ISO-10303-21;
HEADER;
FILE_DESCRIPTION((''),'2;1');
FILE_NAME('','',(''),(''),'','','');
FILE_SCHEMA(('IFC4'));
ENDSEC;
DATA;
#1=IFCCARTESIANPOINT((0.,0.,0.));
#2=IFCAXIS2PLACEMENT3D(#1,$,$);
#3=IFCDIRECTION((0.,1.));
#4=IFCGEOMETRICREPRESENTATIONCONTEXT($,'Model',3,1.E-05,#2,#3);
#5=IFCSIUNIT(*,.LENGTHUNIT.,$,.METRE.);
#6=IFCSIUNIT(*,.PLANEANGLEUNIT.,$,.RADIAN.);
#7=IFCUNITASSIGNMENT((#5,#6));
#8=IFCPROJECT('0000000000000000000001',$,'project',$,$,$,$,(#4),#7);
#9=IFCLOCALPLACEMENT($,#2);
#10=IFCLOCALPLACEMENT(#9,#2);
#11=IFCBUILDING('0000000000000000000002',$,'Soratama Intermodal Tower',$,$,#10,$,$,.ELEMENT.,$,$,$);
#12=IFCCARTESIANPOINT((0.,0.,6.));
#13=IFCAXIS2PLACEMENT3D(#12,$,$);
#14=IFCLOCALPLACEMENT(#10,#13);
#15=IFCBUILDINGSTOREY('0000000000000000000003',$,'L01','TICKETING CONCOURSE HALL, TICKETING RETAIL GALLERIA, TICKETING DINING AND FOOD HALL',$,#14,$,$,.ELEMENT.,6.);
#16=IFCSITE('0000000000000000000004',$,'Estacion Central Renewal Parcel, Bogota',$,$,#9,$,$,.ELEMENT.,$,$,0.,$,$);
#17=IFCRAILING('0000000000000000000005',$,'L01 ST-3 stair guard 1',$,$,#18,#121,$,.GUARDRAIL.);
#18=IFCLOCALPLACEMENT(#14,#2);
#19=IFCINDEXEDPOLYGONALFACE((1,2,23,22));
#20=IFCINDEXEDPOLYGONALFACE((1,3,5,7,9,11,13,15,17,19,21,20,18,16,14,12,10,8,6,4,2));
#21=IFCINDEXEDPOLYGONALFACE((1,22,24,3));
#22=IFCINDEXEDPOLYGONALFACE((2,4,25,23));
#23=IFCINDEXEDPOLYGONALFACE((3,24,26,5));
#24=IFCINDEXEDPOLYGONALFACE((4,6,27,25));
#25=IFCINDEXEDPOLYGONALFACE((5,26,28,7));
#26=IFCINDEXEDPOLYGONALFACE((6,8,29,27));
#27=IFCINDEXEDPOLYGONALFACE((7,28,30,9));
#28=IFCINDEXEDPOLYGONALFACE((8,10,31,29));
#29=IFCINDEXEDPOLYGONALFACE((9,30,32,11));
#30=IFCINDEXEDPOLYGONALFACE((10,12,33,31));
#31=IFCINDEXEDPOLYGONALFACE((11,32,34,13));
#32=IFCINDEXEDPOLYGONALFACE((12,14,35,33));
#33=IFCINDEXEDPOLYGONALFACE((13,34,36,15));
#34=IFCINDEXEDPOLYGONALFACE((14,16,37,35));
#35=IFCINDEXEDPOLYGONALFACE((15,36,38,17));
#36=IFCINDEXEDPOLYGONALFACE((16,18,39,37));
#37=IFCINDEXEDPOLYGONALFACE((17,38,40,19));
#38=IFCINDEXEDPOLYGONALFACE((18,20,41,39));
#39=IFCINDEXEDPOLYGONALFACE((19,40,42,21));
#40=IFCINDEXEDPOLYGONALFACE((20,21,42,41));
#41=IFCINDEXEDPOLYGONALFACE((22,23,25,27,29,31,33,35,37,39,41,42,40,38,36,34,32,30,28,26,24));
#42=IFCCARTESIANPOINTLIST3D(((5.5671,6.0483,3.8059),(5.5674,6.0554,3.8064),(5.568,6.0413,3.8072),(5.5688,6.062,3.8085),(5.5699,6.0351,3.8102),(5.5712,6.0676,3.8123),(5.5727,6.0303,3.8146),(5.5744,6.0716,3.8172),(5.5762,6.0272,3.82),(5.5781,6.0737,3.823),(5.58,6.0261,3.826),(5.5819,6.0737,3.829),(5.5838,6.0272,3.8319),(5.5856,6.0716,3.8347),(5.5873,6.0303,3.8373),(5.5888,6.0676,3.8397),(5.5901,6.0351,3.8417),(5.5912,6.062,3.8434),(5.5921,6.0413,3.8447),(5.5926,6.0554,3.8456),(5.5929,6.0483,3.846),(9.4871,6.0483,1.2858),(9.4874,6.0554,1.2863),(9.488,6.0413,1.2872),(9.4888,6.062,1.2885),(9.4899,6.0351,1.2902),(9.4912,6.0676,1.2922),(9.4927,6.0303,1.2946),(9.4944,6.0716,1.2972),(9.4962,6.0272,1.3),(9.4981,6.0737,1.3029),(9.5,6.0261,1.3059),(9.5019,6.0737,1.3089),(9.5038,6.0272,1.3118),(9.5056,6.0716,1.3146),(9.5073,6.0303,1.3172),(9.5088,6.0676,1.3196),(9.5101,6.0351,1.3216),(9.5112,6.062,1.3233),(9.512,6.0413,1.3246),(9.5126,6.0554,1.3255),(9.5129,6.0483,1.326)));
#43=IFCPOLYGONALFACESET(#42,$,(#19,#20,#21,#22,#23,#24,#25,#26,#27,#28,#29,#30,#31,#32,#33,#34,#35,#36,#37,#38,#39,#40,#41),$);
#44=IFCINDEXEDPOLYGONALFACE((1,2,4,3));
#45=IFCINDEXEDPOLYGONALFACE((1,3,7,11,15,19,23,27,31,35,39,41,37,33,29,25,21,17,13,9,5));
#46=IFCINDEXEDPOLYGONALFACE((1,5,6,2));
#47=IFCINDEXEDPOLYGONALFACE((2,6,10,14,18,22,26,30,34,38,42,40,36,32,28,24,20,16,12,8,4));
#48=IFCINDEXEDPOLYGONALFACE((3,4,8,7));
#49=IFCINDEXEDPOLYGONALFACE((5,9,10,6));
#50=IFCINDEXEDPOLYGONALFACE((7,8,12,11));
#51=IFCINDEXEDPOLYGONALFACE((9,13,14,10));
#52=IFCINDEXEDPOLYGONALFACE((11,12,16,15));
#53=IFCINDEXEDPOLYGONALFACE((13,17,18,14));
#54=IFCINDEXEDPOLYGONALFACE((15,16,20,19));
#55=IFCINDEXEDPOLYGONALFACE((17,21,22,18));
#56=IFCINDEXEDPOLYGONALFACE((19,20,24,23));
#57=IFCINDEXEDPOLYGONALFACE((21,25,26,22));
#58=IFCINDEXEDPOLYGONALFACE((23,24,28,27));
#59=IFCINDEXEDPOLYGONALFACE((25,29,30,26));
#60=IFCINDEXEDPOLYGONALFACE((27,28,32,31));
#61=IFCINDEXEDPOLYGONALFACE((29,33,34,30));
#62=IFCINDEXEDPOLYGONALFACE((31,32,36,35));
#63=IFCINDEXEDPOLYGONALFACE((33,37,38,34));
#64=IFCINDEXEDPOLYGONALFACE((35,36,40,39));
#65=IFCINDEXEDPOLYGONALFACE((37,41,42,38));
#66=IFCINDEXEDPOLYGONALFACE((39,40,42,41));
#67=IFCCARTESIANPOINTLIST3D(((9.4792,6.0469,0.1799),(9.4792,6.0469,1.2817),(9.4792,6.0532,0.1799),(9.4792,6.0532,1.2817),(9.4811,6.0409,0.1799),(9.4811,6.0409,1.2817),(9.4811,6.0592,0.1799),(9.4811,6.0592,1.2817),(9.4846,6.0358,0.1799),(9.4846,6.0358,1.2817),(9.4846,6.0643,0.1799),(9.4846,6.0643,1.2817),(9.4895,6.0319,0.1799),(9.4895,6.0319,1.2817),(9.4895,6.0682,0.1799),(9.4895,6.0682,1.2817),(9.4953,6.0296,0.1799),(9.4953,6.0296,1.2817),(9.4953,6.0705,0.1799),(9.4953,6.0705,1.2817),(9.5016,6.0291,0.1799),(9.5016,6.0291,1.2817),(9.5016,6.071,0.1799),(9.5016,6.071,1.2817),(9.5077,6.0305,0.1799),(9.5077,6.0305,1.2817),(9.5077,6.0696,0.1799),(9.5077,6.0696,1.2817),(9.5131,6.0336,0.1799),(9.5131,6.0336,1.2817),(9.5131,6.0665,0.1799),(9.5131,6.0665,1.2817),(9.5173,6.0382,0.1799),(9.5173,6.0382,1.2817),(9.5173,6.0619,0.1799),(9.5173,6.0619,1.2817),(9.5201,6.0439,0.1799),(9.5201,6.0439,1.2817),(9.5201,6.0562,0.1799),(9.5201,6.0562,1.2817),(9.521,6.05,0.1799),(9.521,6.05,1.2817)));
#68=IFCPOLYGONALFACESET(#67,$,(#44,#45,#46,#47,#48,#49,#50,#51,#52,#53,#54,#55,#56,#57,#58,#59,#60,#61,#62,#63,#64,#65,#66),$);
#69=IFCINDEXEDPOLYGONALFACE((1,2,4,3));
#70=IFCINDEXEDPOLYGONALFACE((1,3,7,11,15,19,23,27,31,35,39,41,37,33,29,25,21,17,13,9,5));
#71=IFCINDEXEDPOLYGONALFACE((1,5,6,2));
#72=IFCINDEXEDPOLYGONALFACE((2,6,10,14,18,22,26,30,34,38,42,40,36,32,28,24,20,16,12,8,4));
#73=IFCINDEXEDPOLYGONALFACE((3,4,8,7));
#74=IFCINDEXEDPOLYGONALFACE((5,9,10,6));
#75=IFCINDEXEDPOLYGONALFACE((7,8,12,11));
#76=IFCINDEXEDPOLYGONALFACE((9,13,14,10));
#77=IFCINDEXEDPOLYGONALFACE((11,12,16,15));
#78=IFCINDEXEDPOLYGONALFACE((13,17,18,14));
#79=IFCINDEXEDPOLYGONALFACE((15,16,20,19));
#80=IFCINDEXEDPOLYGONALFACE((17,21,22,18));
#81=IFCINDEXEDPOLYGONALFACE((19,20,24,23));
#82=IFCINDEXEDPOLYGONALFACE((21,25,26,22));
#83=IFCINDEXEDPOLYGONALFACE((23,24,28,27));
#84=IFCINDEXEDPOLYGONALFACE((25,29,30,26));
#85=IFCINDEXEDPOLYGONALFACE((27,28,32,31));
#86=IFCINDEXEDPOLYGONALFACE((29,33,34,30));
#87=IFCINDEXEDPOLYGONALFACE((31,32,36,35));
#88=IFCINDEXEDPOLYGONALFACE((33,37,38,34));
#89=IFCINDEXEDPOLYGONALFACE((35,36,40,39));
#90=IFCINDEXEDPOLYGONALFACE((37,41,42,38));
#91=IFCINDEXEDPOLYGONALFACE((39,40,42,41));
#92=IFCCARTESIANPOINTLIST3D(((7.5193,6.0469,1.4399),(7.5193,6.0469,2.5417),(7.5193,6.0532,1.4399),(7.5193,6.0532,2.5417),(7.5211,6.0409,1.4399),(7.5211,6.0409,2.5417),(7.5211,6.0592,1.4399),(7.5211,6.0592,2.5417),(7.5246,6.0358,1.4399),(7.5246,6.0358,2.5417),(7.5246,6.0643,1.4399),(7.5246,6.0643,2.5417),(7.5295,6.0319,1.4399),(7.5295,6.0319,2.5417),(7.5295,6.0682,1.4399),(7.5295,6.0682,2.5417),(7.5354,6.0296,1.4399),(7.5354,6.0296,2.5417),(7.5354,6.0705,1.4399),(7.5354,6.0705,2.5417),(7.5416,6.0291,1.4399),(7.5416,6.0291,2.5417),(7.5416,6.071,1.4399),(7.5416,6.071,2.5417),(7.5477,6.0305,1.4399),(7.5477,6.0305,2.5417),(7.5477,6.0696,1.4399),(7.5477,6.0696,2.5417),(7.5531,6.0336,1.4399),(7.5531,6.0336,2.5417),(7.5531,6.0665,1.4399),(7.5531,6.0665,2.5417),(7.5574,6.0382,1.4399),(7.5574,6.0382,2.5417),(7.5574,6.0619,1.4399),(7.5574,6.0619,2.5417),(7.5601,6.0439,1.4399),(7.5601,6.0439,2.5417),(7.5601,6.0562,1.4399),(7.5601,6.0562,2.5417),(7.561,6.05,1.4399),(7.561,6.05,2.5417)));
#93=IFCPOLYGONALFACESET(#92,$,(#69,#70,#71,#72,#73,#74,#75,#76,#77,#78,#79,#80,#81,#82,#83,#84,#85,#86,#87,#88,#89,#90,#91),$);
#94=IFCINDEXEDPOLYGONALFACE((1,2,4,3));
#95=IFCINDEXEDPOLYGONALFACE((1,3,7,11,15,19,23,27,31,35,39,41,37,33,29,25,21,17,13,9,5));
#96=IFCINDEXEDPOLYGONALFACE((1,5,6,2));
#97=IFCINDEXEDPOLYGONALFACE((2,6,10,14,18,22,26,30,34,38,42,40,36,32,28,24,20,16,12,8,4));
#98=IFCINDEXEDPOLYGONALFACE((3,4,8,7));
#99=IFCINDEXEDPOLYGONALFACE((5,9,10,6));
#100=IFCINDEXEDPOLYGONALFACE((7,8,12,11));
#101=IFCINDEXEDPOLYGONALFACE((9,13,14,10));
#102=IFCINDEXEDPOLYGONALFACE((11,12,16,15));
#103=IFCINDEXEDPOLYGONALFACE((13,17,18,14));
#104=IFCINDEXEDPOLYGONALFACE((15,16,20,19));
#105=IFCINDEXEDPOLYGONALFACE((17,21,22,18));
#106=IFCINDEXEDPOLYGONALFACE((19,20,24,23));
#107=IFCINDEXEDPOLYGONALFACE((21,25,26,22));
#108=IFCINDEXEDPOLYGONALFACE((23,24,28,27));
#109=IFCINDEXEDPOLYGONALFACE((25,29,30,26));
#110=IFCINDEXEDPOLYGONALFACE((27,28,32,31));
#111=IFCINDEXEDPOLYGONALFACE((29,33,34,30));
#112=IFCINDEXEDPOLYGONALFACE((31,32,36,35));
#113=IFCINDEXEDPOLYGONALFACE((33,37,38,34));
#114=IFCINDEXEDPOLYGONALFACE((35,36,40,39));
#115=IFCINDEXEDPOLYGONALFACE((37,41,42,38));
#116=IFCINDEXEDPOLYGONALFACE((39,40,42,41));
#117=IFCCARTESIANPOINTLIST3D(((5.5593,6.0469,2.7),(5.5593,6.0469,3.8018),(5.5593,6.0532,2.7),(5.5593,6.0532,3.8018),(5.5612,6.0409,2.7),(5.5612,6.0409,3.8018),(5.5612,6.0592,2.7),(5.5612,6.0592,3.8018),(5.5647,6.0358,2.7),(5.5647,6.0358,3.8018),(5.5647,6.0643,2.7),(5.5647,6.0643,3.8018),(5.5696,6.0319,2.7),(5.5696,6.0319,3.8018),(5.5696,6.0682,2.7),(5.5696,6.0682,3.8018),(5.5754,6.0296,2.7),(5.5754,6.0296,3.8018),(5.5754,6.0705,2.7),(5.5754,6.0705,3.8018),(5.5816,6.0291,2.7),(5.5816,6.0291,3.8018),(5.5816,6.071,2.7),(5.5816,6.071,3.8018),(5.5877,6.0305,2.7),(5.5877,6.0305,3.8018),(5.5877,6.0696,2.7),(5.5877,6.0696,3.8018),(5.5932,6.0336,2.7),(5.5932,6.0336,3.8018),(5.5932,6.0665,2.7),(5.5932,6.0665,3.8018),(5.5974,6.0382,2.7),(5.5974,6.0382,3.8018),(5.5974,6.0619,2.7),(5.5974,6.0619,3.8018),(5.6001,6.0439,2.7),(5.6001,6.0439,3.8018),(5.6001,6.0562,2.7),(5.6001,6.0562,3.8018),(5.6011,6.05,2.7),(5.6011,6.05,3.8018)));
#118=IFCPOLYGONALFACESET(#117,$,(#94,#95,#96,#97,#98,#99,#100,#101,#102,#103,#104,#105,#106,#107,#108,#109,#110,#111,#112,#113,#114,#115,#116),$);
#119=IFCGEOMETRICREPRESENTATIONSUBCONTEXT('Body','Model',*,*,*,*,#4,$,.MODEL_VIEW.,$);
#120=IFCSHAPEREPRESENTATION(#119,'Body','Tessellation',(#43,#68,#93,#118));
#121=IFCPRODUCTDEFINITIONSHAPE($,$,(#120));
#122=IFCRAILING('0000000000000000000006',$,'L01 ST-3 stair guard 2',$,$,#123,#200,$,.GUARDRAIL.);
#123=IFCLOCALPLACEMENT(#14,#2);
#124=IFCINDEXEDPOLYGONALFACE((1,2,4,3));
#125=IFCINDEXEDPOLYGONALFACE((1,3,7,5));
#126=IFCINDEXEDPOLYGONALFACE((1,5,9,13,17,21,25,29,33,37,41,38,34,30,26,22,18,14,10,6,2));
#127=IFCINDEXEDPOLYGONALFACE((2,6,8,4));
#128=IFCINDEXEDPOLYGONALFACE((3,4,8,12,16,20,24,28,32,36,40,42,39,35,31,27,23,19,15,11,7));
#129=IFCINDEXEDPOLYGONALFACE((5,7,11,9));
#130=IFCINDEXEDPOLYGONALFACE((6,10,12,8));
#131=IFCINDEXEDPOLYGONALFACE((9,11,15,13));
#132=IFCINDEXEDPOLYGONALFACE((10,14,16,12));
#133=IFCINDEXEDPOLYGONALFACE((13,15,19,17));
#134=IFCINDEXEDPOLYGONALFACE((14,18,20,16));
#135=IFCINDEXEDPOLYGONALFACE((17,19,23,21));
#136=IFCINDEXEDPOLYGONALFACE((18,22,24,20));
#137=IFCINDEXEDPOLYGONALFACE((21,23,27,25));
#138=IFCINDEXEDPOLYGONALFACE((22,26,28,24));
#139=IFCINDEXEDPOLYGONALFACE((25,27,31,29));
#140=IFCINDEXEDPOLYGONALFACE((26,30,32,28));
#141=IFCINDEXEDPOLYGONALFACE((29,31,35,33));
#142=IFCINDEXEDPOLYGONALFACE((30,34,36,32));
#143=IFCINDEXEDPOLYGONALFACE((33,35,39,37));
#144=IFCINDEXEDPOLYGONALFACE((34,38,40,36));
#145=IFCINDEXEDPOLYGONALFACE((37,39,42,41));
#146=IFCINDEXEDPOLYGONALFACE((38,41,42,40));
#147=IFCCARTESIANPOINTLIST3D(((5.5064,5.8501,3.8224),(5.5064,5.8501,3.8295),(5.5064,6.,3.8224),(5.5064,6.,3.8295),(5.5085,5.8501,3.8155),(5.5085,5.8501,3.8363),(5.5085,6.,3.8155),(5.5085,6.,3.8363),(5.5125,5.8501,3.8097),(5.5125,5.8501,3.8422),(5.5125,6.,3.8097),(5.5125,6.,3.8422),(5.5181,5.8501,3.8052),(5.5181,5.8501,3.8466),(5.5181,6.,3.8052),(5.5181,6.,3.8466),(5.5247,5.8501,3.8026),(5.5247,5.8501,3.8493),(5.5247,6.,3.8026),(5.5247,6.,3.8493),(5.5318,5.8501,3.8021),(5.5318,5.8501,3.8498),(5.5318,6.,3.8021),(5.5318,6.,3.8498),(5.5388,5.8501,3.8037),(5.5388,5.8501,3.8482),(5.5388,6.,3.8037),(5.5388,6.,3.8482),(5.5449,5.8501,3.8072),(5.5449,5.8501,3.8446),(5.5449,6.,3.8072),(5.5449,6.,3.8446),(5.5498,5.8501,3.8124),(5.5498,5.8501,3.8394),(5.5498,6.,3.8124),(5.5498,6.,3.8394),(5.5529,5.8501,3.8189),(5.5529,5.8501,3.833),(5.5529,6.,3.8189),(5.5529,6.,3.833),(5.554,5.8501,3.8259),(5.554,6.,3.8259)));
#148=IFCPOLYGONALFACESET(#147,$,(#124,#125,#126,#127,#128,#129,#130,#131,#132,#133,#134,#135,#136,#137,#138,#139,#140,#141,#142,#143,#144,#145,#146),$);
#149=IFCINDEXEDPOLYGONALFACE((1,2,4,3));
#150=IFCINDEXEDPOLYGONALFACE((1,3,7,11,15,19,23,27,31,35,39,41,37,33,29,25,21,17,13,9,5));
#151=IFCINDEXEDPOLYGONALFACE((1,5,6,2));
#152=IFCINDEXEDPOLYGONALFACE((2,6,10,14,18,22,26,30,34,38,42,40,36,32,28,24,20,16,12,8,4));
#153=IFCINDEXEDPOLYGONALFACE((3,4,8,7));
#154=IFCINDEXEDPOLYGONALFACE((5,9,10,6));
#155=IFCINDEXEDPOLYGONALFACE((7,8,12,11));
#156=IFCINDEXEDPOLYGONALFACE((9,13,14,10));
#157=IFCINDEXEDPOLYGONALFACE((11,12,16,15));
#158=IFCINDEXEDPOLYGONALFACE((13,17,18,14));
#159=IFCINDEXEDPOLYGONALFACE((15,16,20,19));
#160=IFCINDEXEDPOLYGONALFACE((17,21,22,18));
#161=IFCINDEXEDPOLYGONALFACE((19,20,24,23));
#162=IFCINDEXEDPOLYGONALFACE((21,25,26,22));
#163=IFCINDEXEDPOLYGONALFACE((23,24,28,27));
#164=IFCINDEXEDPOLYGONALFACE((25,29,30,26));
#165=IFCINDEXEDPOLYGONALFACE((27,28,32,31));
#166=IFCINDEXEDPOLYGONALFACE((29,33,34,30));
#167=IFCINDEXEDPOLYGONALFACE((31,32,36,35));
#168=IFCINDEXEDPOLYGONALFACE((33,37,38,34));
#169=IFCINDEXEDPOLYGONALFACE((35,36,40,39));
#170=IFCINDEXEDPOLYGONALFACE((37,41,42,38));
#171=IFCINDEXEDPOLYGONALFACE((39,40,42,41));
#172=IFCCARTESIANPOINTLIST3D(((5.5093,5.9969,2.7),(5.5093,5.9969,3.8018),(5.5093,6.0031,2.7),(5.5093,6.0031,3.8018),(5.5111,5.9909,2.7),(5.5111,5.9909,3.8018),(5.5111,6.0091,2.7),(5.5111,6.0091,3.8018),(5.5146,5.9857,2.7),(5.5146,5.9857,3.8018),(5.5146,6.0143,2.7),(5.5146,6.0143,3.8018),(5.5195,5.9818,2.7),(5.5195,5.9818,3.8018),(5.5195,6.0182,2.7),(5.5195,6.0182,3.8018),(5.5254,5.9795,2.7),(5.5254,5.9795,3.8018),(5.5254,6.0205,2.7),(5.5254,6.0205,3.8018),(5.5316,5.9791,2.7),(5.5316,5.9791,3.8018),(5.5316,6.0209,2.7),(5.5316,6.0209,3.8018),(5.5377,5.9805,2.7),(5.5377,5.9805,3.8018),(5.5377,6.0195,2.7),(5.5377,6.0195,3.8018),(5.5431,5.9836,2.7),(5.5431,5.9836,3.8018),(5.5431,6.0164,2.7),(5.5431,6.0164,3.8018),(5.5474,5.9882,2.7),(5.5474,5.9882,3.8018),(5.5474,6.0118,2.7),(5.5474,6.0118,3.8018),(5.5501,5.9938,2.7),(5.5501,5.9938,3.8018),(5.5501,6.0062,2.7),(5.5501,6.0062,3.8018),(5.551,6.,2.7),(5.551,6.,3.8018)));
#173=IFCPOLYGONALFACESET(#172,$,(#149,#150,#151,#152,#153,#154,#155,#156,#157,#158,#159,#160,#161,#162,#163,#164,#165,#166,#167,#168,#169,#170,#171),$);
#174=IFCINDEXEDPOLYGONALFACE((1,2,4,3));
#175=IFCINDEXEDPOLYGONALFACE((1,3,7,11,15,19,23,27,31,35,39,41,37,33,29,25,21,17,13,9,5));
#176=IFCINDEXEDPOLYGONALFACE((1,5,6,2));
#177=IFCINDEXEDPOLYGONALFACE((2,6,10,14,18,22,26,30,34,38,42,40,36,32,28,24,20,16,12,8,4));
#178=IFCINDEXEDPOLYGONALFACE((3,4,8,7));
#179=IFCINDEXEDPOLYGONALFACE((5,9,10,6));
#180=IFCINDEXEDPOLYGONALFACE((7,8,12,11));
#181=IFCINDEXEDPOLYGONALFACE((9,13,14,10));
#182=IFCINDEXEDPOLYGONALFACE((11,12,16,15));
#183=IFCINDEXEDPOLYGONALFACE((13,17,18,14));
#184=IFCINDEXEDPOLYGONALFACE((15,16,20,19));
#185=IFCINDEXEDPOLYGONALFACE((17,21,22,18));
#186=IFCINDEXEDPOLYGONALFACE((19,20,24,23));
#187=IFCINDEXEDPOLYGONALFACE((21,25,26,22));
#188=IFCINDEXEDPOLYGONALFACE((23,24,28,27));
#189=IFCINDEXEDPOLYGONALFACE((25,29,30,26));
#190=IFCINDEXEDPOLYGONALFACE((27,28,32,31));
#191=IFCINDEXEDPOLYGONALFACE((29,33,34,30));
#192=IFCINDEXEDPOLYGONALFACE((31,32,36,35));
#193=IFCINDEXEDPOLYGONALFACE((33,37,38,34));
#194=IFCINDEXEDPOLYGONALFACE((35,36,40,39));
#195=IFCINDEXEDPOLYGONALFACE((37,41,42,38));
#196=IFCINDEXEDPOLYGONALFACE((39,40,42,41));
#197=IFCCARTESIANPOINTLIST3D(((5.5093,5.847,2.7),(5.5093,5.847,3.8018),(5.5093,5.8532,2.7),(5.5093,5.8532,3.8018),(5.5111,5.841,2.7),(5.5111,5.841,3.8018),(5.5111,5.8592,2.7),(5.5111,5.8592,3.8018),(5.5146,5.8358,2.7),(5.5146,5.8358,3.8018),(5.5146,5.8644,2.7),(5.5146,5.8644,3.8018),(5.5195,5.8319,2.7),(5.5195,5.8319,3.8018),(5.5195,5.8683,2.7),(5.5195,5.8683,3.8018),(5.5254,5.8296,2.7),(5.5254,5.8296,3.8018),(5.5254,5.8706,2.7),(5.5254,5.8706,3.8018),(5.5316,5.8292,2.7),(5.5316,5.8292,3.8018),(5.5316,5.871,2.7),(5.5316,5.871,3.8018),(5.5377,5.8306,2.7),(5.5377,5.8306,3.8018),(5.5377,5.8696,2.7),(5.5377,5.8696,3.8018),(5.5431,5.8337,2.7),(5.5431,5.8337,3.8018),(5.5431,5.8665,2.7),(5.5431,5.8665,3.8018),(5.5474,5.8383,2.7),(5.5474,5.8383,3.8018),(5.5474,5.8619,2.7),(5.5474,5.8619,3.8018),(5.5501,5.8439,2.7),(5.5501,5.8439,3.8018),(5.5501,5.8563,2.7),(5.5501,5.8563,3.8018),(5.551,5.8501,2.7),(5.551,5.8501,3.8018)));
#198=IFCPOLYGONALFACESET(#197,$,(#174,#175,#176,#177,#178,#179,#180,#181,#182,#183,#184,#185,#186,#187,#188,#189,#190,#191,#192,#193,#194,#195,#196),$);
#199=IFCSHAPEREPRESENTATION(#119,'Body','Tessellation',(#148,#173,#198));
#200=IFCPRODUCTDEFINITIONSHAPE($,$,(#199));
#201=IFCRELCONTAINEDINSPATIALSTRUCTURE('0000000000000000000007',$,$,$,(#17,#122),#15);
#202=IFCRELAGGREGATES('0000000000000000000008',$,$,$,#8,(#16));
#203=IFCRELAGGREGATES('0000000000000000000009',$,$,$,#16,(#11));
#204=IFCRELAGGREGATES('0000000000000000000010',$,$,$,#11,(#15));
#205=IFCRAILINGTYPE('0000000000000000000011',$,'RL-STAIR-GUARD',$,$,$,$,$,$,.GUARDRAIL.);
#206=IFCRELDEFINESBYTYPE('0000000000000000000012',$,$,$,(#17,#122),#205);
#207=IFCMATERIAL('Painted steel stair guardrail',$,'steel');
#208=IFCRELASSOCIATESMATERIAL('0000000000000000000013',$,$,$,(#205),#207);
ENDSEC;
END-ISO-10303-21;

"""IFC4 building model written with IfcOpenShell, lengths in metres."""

from ifc_helpers import new_model, si_unit, direction, frame, origin, origin_2d, place, context, subcontext, project, spatial, circle, extrude, material, type_object, element, save


model = new_model("IFC4")

# Units and contexts
model_context = context("Model", 3, precision=1e-05, world=origin(), true_north=direction((0.0, 1.0)))
body_context = subcontext(model_context, "Body", "Model", "MODEL_VIEW")
ifc_project = project(units=[si_unit("LENGTHUNIT", "METRE"), si_unit("PLANEANGLEUNIT", "RADIAN")], contexts=[model_context])

# Site, building, storey
site_placement = place(None, origin())
site = spatial("IfcSite", under=ifc_project, at=site_placement, Name="Estacion Central Renewal Parcel, Bogota", CompositionType="ELEMENT", RefElevation=0.0)
building_placement = place(site_placement, origin())
building = spatial("IfcBuilding", under=site, at=building_placement, Name="Soratama Intermodal Tower", CompositionType="ELEMENT")
storey_placement = place(building_placement, frame((0.0, 0.0, 6.0)))
storey = spatial("IfcBuildingStorey", under=building, at=storey_placement, Name="L01", Description="TICKETING CONCOURSE HALL, TICKETING RETAIL GALLERIA, TICKETING DINING AND FOOD HALL", CompositionType="ELEMENT", Elevation=6.0)

# Railings
ifc_material_1 = material(Name="Painted steel stair guardrail", Category="steel")
railing_type_1 = type_object("IfcRailingType", Name="RL-STAIR-GUARD", PredefinedType="GUARDRAIL", material=ifc_material_1)
railing_1_placement = place(storey_placement, frame((9.5, 6.05, 0.1799)))
element("IfcRailing", 1, at=railing_1_placement, inside=storey, type_object=railing_type_1, Name="L01 ST-3 stair guard 1", PredefinedType="GUARDRAIL", context=body_context, shape_type="SweptSolid", body=[
    extrude(circle(Radius=0.0239, at=origin_2d()), frame((0.0, 0.0, 1.126), z_axis=(-0.841172, 0.0, 0.540768), x_axis=(0.0, -1.0, 0.0)), (0.0, 0.0, 1.0), 4.6602),
    extrude(circle(Radius=0.021, at=origin_2d()), origin(), (0.0, 0.0, 1.0), 1.1018),
    extrude(circle(Radius=0.021, at=origin_2d()), frame((-1.96, 0.0, 1.26)), (0.0, 0.0, 1.0), 1.1018),
    extrude(circle(Radius=0.021, at=origin_2d()), frame((-3.9199, 0.0, 2.52)), (0.0, 0.0, 1.0), 1.1018),
])
railing_2_placement = place(storey_placement, frame((5.53, 6.0, 2.7)))
element("IfcRailing", 2, at=railing_2_placement, inside=storey, type_object=railing_type_1, Name="L01 ST-3 stair guard 2", PredefinedType="GUARDRAIL", context=body_context, shape_type="SweptSolid", body=[
    extrude(circle(Radius=0.0239, at=origin_2d()), frame((0.0, 0.0, 1.126), z_axis=(0.0, -1.0, 0.0), x_axis=(1.0, 0.0, 0.0)), (0.0, 0.0, 1.0), 0.1499),
    extrude(circle(Radius=0.021, at=origin_2d()), origin(), (0.0, 0.0, 1.0), 1.1018),
    extrude(circle(Radius=0.021, at=origin_2d()), frame((0.0, -0.1499, 0.0)), (0.0, 0.0, 1.0), 1.1018),
])

save(model, "model.ifc")
